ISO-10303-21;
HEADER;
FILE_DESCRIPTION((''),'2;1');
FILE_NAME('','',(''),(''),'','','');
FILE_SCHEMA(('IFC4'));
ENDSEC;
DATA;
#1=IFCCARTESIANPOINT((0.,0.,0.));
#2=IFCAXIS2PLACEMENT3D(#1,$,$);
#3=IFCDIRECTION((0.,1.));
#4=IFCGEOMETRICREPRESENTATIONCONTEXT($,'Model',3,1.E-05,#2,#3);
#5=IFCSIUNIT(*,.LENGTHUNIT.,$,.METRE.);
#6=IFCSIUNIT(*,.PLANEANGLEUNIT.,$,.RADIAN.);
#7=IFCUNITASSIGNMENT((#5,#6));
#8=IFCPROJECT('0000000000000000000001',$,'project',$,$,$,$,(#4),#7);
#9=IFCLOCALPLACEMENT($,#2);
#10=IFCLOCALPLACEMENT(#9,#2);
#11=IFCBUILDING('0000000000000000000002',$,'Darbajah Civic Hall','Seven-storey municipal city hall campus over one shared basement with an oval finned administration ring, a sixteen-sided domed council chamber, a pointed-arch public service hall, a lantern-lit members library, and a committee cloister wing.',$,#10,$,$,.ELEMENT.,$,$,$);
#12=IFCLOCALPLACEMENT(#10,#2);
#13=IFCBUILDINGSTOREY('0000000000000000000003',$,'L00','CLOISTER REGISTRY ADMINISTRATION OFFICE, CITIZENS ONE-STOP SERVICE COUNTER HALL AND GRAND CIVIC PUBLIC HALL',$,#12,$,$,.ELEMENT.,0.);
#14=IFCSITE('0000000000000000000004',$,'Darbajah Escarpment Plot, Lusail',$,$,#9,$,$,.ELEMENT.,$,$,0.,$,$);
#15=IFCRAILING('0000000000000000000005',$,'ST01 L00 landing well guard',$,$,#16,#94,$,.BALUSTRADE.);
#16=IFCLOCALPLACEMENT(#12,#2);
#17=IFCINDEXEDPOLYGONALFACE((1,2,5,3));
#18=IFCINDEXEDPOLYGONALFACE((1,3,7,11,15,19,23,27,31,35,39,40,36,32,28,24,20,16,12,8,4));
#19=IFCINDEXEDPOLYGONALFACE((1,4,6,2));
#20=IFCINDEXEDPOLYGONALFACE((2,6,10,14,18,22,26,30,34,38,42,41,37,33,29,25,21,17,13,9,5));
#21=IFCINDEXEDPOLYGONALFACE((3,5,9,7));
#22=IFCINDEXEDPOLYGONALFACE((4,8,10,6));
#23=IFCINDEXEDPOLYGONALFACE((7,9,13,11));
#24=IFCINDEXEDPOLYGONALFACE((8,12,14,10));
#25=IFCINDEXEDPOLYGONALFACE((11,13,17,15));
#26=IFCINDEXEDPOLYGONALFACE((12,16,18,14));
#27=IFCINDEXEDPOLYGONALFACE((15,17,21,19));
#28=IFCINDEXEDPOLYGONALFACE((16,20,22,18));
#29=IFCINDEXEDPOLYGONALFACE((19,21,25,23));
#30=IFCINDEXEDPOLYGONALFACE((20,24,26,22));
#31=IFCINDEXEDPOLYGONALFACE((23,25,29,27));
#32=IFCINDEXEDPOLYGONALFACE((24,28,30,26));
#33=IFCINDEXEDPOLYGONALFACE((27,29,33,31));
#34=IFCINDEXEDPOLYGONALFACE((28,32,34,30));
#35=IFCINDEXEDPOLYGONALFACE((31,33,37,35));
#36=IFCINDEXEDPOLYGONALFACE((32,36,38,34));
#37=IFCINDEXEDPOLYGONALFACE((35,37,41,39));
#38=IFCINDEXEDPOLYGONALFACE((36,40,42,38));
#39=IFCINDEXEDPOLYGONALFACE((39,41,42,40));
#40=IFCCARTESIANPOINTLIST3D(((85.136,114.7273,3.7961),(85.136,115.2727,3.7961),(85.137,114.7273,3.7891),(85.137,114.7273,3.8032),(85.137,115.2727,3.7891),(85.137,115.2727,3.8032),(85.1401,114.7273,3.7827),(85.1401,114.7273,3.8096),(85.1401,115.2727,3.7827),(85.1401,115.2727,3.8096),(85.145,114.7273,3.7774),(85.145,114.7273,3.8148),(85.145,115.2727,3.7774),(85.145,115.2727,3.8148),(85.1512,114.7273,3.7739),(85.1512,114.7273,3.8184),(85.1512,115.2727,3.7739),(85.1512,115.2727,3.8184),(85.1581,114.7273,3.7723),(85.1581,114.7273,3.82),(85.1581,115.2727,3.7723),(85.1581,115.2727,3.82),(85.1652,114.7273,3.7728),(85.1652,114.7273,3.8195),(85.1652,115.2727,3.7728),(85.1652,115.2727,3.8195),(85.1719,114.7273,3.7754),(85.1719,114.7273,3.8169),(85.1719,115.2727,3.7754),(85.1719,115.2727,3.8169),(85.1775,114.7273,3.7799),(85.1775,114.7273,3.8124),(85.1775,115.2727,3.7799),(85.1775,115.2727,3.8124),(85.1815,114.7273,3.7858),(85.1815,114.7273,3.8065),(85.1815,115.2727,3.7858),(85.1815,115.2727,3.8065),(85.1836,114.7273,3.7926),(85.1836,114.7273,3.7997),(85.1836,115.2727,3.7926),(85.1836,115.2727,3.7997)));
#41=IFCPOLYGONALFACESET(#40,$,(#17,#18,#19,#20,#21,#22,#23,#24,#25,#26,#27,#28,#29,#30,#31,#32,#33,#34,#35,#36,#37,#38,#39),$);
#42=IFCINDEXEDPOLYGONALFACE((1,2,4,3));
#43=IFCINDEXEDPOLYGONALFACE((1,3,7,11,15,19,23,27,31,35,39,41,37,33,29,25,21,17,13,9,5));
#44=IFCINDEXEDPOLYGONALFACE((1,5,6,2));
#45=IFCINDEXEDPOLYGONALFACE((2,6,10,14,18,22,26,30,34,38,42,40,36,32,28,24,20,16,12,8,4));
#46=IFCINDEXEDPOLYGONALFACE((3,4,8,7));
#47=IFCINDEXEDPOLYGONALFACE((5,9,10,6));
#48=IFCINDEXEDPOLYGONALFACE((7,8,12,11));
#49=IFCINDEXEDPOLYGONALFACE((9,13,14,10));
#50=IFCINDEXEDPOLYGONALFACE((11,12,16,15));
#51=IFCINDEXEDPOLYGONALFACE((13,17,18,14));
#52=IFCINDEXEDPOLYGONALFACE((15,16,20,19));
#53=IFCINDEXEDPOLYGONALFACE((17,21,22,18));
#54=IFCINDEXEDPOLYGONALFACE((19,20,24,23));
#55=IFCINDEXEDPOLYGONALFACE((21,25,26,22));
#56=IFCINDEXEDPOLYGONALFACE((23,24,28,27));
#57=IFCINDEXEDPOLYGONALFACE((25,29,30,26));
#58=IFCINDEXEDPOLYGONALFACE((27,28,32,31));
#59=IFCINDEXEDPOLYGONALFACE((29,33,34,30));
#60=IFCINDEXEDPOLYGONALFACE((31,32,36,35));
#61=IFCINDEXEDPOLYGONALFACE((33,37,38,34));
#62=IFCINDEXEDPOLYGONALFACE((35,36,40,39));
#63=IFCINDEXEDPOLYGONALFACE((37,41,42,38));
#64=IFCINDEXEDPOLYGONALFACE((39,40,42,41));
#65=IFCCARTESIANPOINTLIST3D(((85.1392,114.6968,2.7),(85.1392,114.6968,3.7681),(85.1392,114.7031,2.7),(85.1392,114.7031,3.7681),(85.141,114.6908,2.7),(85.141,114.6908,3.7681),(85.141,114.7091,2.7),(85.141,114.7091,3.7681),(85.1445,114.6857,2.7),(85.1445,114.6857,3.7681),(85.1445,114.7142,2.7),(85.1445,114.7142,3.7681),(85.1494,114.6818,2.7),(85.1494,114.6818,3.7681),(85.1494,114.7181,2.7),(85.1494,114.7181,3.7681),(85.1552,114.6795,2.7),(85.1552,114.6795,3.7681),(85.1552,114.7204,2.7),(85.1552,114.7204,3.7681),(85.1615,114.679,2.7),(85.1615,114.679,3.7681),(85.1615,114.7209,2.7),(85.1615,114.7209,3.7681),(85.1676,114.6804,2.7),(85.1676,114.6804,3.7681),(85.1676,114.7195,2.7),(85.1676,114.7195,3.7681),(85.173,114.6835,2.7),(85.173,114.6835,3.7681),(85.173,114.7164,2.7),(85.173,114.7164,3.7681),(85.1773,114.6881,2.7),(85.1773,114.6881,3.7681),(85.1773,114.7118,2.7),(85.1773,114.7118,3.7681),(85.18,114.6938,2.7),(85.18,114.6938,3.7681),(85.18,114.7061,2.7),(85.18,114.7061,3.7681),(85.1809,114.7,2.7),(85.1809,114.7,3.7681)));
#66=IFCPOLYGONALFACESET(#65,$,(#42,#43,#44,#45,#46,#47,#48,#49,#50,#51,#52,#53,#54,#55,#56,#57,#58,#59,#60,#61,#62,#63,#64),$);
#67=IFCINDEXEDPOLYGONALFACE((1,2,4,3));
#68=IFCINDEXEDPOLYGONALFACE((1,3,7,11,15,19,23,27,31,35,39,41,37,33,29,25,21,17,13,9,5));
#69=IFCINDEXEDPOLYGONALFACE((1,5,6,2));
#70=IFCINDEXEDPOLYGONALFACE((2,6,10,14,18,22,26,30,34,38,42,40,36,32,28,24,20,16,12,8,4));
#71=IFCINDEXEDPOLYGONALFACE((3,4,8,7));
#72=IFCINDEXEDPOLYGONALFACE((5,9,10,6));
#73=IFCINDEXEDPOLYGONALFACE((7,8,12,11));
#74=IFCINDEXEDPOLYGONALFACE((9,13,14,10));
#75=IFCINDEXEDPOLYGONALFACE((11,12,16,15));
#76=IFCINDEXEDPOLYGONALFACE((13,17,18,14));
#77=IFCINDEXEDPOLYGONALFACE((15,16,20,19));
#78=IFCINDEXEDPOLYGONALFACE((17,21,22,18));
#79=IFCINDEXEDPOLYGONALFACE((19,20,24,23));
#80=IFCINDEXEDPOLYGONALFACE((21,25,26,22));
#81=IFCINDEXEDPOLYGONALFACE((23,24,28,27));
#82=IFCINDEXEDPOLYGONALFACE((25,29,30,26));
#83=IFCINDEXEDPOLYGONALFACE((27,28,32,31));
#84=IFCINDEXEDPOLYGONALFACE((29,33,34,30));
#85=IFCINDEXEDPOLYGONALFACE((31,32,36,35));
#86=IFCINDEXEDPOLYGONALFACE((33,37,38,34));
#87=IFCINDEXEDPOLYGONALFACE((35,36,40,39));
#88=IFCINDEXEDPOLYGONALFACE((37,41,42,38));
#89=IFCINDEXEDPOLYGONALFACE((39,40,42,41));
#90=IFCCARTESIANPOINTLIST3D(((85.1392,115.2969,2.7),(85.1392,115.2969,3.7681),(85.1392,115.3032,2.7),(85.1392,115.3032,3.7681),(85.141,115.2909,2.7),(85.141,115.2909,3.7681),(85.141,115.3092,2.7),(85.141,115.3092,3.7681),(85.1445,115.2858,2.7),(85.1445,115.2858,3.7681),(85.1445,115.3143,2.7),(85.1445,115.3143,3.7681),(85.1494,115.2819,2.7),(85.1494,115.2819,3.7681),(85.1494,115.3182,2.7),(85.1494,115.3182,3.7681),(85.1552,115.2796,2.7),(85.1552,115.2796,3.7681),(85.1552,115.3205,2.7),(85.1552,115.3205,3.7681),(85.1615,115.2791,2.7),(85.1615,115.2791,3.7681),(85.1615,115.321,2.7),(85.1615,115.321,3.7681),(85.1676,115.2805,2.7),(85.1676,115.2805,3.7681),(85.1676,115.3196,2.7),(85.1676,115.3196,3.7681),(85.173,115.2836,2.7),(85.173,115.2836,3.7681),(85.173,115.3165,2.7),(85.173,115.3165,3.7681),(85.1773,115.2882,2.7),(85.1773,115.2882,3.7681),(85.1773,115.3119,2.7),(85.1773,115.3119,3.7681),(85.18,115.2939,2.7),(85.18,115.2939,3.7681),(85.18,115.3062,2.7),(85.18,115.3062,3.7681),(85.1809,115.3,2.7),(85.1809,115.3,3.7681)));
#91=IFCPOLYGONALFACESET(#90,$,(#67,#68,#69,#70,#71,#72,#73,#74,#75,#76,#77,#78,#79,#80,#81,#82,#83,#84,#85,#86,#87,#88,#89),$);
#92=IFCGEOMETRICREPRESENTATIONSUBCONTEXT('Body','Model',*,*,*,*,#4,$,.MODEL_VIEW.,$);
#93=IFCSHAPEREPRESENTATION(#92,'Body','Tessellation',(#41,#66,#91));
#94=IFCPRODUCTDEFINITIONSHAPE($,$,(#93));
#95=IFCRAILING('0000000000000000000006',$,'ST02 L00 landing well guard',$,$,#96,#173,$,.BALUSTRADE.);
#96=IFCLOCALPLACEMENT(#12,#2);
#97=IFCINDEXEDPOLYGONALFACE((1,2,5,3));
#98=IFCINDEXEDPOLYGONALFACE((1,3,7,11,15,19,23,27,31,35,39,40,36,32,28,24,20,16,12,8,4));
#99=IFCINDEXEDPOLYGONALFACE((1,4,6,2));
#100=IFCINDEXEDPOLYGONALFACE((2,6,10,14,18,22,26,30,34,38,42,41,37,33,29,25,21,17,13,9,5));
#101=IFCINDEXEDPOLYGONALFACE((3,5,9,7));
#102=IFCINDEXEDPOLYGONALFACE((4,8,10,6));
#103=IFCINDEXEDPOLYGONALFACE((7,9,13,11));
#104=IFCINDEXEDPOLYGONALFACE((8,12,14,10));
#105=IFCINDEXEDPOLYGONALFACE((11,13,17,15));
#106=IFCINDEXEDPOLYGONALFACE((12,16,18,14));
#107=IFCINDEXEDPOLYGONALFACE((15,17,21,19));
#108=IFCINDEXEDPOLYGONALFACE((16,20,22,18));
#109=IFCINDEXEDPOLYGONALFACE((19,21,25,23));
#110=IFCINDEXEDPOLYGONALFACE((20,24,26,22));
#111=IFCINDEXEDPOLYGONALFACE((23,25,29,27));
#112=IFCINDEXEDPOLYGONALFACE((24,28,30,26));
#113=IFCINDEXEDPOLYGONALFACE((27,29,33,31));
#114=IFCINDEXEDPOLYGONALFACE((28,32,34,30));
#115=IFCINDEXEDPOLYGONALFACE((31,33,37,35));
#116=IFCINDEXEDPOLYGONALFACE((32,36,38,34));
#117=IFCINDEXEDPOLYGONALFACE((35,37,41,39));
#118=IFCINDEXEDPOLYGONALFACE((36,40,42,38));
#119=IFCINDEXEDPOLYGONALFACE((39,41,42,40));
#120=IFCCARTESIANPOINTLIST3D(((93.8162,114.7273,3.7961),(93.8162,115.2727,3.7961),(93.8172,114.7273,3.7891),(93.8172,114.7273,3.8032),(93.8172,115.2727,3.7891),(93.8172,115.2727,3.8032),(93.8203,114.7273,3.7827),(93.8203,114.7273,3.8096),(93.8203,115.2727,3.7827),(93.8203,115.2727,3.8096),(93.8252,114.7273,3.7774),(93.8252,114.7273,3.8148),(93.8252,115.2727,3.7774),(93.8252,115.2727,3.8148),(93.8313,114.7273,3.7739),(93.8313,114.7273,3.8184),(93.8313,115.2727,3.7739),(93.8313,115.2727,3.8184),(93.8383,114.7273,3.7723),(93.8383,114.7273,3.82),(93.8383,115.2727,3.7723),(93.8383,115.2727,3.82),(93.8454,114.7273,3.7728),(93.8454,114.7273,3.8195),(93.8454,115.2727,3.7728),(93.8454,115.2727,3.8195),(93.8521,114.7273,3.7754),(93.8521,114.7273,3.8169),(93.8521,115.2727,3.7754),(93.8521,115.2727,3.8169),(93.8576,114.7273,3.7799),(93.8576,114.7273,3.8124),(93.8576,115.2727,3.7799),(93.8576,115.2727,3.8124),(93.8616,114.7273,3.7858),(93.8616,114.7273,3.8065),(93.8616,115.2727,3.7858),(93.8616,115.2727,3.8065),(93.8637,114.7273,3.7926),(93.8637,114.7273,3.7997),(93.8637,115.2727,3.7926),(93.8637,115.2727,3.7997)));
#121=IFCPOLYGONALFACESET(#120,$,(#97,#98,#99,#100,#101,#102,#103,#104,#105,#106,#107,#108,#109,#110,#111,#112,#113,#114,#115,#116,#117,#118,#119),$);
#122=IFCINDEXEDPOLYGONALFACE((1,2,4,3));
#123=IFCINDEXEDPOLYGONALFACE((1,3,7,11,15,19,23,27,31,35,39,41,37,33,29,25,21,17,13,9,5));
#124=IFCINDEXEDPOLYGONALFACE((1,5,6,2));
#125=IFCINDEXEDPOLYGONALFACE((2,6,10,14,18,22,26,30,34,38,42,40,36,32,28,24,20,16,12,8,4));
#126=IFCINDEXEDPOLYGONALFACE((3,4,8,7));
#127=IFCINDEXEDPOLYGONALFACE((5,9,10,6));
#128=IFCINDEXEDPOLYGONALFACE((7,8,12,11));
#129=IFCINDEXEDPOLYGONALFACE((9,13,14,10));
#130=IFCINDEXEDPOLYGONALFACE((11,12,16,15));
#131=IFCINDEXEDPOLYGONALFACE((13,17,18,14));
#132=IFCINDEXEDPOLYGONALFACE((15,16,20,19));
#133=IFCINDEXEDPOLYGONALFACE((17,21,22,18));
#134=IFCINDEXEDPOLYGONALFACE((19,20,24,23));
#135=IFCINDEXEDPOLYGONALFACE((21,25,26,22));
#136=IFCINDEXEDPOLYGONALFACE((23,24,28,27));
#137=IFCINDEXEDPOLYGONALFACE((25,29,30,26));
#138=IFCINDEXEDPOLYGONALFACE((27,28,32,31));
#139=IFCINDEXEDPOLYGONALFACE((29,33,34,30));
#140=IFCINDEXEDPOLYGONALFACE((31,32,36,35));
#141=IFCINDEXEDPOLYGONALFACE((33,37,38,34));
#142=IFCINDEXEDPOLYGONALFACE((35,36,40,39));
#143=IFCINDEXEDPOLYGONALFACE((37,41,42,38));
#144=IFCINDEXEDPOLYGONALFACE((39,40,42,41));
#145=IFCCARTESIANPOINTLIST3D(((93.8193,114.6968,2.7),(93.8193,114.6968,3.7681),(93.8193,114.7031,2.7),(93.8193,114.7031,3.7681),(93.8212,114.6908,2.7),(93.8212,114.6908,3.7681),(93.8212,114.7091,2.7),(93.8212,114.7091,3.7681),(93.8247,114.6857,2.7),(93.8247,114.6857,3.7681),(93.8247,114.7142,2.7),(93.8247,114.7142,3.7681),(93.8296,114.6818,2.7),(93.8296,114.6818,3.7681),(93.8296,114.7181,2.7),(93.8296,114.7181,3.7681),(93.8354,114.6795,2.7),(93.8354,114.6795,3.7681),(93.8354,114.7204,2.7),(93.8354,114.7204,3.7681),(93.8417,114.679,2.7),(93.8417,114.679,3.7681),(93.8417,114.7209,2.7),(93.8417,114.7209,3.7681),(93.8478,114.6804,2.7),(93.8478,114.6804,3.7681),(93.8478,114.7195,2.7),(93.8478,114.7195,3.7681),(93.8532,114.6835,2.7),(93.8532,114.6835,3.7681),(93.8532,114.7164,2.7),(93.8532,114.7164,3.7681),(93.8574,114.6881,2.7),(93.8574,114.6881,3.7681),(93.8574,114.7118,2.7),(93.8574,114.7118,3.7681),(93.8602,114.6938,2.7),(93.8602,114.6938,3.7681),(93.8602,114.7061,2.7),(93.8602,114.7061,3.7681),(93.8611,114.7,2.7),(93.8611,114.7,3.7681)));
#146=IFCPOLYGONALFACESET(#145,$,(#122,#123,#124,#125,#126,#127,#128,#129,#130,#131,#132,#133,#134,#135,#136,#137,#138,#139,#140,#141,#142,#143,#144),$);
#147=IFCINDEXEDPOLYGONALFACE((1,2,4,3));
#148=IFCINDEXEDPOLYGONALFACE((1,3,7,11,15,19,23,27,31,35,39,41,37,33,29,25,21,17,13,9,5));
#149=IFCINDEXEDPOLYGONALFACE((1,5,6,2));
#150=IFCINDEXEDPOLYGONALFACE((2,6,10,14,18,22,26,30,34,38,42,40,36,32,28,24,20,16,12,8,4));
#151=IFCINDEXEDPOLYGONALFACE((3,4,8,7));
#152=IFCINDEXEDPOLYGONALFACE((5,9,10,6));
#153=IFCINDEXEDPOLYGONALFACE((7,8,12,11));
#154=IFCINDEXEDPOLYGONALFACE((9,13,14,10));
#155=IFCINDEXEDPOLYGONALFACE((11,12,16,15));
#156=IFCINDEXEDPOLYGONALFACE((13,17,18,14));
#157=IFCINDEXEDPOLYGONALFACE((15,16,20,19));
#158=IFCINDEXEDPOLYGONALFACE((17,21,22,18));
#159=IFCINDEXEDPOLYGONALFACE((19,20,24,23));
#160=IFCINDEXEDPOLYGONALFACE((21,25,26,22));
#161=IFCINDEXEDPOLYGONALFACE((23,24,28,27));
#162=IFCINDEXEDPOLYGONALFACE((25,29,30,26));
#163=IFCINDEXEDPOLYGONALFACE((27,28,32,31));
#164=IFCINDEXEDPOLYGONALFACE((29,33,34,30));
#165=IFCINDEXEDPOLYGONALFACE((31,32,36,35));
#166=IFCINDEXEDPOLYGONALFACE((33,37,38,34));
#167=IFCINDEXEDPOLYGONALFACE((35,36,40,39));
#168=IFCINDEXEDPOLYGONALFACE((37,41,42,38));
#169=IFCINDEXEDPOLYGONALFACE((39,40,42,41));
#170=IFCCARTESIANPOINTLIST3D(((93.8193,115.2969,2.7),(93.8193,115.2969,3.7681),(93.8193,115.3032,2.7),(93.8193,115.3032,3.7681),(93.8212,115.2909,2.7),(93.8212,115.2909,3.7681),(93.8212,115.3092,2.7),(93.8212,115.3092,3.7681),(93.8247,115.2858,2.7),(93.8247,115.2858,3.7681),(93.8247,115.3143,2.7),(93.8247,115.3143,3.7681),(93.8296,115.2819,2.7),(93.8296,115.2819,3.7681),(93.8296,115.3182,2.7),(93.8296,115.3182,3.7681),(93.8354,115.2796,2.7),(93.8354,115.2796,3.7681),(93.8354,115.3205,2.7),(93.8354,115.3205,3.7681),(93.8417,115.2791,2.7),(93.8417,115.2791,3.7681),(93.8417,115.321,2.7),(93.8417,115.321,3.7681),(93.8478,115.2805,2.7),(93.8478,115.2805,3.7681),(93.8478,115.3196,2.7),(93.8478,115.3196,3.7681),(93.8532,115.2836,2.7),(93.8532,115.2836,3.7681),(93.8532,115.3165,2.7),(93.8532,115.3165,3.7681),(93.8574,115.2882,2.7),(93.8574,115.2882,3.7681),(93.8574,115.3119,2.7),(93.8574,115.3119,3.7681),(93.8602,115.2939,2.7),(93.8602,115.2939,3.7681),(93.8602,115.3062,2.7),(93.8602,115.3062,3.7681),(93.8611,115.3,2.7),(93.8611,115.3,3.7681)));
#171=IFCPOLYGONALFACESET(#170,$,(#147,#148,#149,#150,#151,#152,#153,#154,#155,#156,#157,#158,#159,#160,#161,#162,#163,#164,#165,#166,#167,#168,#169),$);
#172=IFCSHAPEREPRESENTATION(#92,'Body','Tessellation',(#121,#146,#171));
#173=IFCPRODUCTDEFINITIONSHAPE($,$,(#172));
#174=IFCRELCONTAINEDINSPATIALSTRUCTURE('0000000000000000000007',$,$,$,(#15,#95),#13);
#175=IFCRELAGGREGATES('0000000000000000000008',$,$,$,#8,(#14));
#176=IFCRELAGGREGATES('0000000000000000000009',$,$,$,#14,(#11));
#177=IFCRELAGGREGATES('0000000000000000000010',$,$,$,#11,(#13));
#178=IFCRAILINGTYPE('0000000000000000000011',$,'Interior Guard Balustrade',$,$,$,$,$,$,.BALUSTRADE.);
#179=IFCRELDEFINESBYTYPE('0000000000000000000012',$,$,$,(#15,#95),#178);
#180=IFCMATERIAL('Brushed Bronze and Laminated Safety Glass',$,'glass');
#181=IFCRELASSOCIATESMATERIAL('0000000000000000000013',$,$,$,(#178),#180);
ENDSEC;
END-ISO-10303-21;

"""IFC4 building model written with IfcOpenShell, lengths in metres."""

from ifc_helpers import new_model, si_unit, direction, frame, origin, origin_2d, place, context, subcontext, project, spatial, circle, extrude, material, type_object, element, save


model = new_model("IFC4")

# Units and contexts
model_context = context("Model", 3, precision=1e-05, world=origin(), true_north=direction((0.0, 1.0)))
body_context = subcontext(model_context, "Body", "Model", "MODEL_VIEW")
ifc_project = project(units=[si_unit("LENGTHUNIT", "METRE"), si_unit("PLANEANGLEUNIT", "RADIAN")], contexts=[model_context])

# Site, building, storey
site_placement = place(None, origin())
site = spatial("IfcSite", under=ifc_project, at=site_placement, Name="Darbajah Escarpment Plot, Lusail", CompositionType="ELEMENT", RefElevation=0.0)
building_placement = place(site_placement, origin())
building = spatial("IfcBuilding", under=site, at=building_placement, Name="Darbajah Civic Hall", Description="Seven-storey municipal city hall campus over one shared basement with an oval finned administration ring, a sixteen-sided domed council chamber, a pointed-arch public service hall, a lantern-lit members library, and a committee cloister wing.", CompositionType="ELEMENT")
storey_placement = place(building_placement, origin())
storey = spatial("IfcBuildingStorey", under=building, at=storey_placement, Name="L00", Description="CLOISTER REGISTRY ADMINISTRATION OFFICE, CITIZENS ONE-STOP SERVICE COUNTER HALL AND GRAND CIVIC PUBLIC HALL", CompositionType="ELEMENT", Elevation=0.0)

# Railings
ifc_material_1 = material(Name="Brushed Bronze and Laminated Safety Glass", Category="glass")
railing_type_1 = type_object("IfcRailingType", Name="Interior Guard Balustrade", PredefinedType="BALUSTRADE", material=ifc_material_1)
for number, where, name in (
    (1, (85.1599, 114.7, 2.7), "ST01 L00 landing well guard"),
    (2, (93.8401, 114.7, 2.7), "ST02 L00 landing well guard"),
):
    element("IfcRailing", number, at=place(storey_placement, frame(where)), inside=storey, type_object=railing_type_1, Name=name, PredefinedType="BALUSTRADE", context=body_context, shape_type="SweptSolid", body=[
        extrude(circle(Radius=0.0239, at=origin_2d()), frame((0.0, 0.0273, 1.0962), z_axis=(0.0, 1.0, 0.0), x_axis=(-1.0, 0.0, 0.0)), (0.0, 0.0, 1.0), 0.5454),
        extrude(circle(Radius=0.021, at=origin_2d()), origin(), (0.0, 0.0, 1.0), 1.0681),
        extrude(circle(Radius=0.021, at=origin_2d()), frame((0.0, 0.6001, 0.0)), (0.0, 0.0, 1.0), 1.0681),
    ])

save(model, "model.ifc")
